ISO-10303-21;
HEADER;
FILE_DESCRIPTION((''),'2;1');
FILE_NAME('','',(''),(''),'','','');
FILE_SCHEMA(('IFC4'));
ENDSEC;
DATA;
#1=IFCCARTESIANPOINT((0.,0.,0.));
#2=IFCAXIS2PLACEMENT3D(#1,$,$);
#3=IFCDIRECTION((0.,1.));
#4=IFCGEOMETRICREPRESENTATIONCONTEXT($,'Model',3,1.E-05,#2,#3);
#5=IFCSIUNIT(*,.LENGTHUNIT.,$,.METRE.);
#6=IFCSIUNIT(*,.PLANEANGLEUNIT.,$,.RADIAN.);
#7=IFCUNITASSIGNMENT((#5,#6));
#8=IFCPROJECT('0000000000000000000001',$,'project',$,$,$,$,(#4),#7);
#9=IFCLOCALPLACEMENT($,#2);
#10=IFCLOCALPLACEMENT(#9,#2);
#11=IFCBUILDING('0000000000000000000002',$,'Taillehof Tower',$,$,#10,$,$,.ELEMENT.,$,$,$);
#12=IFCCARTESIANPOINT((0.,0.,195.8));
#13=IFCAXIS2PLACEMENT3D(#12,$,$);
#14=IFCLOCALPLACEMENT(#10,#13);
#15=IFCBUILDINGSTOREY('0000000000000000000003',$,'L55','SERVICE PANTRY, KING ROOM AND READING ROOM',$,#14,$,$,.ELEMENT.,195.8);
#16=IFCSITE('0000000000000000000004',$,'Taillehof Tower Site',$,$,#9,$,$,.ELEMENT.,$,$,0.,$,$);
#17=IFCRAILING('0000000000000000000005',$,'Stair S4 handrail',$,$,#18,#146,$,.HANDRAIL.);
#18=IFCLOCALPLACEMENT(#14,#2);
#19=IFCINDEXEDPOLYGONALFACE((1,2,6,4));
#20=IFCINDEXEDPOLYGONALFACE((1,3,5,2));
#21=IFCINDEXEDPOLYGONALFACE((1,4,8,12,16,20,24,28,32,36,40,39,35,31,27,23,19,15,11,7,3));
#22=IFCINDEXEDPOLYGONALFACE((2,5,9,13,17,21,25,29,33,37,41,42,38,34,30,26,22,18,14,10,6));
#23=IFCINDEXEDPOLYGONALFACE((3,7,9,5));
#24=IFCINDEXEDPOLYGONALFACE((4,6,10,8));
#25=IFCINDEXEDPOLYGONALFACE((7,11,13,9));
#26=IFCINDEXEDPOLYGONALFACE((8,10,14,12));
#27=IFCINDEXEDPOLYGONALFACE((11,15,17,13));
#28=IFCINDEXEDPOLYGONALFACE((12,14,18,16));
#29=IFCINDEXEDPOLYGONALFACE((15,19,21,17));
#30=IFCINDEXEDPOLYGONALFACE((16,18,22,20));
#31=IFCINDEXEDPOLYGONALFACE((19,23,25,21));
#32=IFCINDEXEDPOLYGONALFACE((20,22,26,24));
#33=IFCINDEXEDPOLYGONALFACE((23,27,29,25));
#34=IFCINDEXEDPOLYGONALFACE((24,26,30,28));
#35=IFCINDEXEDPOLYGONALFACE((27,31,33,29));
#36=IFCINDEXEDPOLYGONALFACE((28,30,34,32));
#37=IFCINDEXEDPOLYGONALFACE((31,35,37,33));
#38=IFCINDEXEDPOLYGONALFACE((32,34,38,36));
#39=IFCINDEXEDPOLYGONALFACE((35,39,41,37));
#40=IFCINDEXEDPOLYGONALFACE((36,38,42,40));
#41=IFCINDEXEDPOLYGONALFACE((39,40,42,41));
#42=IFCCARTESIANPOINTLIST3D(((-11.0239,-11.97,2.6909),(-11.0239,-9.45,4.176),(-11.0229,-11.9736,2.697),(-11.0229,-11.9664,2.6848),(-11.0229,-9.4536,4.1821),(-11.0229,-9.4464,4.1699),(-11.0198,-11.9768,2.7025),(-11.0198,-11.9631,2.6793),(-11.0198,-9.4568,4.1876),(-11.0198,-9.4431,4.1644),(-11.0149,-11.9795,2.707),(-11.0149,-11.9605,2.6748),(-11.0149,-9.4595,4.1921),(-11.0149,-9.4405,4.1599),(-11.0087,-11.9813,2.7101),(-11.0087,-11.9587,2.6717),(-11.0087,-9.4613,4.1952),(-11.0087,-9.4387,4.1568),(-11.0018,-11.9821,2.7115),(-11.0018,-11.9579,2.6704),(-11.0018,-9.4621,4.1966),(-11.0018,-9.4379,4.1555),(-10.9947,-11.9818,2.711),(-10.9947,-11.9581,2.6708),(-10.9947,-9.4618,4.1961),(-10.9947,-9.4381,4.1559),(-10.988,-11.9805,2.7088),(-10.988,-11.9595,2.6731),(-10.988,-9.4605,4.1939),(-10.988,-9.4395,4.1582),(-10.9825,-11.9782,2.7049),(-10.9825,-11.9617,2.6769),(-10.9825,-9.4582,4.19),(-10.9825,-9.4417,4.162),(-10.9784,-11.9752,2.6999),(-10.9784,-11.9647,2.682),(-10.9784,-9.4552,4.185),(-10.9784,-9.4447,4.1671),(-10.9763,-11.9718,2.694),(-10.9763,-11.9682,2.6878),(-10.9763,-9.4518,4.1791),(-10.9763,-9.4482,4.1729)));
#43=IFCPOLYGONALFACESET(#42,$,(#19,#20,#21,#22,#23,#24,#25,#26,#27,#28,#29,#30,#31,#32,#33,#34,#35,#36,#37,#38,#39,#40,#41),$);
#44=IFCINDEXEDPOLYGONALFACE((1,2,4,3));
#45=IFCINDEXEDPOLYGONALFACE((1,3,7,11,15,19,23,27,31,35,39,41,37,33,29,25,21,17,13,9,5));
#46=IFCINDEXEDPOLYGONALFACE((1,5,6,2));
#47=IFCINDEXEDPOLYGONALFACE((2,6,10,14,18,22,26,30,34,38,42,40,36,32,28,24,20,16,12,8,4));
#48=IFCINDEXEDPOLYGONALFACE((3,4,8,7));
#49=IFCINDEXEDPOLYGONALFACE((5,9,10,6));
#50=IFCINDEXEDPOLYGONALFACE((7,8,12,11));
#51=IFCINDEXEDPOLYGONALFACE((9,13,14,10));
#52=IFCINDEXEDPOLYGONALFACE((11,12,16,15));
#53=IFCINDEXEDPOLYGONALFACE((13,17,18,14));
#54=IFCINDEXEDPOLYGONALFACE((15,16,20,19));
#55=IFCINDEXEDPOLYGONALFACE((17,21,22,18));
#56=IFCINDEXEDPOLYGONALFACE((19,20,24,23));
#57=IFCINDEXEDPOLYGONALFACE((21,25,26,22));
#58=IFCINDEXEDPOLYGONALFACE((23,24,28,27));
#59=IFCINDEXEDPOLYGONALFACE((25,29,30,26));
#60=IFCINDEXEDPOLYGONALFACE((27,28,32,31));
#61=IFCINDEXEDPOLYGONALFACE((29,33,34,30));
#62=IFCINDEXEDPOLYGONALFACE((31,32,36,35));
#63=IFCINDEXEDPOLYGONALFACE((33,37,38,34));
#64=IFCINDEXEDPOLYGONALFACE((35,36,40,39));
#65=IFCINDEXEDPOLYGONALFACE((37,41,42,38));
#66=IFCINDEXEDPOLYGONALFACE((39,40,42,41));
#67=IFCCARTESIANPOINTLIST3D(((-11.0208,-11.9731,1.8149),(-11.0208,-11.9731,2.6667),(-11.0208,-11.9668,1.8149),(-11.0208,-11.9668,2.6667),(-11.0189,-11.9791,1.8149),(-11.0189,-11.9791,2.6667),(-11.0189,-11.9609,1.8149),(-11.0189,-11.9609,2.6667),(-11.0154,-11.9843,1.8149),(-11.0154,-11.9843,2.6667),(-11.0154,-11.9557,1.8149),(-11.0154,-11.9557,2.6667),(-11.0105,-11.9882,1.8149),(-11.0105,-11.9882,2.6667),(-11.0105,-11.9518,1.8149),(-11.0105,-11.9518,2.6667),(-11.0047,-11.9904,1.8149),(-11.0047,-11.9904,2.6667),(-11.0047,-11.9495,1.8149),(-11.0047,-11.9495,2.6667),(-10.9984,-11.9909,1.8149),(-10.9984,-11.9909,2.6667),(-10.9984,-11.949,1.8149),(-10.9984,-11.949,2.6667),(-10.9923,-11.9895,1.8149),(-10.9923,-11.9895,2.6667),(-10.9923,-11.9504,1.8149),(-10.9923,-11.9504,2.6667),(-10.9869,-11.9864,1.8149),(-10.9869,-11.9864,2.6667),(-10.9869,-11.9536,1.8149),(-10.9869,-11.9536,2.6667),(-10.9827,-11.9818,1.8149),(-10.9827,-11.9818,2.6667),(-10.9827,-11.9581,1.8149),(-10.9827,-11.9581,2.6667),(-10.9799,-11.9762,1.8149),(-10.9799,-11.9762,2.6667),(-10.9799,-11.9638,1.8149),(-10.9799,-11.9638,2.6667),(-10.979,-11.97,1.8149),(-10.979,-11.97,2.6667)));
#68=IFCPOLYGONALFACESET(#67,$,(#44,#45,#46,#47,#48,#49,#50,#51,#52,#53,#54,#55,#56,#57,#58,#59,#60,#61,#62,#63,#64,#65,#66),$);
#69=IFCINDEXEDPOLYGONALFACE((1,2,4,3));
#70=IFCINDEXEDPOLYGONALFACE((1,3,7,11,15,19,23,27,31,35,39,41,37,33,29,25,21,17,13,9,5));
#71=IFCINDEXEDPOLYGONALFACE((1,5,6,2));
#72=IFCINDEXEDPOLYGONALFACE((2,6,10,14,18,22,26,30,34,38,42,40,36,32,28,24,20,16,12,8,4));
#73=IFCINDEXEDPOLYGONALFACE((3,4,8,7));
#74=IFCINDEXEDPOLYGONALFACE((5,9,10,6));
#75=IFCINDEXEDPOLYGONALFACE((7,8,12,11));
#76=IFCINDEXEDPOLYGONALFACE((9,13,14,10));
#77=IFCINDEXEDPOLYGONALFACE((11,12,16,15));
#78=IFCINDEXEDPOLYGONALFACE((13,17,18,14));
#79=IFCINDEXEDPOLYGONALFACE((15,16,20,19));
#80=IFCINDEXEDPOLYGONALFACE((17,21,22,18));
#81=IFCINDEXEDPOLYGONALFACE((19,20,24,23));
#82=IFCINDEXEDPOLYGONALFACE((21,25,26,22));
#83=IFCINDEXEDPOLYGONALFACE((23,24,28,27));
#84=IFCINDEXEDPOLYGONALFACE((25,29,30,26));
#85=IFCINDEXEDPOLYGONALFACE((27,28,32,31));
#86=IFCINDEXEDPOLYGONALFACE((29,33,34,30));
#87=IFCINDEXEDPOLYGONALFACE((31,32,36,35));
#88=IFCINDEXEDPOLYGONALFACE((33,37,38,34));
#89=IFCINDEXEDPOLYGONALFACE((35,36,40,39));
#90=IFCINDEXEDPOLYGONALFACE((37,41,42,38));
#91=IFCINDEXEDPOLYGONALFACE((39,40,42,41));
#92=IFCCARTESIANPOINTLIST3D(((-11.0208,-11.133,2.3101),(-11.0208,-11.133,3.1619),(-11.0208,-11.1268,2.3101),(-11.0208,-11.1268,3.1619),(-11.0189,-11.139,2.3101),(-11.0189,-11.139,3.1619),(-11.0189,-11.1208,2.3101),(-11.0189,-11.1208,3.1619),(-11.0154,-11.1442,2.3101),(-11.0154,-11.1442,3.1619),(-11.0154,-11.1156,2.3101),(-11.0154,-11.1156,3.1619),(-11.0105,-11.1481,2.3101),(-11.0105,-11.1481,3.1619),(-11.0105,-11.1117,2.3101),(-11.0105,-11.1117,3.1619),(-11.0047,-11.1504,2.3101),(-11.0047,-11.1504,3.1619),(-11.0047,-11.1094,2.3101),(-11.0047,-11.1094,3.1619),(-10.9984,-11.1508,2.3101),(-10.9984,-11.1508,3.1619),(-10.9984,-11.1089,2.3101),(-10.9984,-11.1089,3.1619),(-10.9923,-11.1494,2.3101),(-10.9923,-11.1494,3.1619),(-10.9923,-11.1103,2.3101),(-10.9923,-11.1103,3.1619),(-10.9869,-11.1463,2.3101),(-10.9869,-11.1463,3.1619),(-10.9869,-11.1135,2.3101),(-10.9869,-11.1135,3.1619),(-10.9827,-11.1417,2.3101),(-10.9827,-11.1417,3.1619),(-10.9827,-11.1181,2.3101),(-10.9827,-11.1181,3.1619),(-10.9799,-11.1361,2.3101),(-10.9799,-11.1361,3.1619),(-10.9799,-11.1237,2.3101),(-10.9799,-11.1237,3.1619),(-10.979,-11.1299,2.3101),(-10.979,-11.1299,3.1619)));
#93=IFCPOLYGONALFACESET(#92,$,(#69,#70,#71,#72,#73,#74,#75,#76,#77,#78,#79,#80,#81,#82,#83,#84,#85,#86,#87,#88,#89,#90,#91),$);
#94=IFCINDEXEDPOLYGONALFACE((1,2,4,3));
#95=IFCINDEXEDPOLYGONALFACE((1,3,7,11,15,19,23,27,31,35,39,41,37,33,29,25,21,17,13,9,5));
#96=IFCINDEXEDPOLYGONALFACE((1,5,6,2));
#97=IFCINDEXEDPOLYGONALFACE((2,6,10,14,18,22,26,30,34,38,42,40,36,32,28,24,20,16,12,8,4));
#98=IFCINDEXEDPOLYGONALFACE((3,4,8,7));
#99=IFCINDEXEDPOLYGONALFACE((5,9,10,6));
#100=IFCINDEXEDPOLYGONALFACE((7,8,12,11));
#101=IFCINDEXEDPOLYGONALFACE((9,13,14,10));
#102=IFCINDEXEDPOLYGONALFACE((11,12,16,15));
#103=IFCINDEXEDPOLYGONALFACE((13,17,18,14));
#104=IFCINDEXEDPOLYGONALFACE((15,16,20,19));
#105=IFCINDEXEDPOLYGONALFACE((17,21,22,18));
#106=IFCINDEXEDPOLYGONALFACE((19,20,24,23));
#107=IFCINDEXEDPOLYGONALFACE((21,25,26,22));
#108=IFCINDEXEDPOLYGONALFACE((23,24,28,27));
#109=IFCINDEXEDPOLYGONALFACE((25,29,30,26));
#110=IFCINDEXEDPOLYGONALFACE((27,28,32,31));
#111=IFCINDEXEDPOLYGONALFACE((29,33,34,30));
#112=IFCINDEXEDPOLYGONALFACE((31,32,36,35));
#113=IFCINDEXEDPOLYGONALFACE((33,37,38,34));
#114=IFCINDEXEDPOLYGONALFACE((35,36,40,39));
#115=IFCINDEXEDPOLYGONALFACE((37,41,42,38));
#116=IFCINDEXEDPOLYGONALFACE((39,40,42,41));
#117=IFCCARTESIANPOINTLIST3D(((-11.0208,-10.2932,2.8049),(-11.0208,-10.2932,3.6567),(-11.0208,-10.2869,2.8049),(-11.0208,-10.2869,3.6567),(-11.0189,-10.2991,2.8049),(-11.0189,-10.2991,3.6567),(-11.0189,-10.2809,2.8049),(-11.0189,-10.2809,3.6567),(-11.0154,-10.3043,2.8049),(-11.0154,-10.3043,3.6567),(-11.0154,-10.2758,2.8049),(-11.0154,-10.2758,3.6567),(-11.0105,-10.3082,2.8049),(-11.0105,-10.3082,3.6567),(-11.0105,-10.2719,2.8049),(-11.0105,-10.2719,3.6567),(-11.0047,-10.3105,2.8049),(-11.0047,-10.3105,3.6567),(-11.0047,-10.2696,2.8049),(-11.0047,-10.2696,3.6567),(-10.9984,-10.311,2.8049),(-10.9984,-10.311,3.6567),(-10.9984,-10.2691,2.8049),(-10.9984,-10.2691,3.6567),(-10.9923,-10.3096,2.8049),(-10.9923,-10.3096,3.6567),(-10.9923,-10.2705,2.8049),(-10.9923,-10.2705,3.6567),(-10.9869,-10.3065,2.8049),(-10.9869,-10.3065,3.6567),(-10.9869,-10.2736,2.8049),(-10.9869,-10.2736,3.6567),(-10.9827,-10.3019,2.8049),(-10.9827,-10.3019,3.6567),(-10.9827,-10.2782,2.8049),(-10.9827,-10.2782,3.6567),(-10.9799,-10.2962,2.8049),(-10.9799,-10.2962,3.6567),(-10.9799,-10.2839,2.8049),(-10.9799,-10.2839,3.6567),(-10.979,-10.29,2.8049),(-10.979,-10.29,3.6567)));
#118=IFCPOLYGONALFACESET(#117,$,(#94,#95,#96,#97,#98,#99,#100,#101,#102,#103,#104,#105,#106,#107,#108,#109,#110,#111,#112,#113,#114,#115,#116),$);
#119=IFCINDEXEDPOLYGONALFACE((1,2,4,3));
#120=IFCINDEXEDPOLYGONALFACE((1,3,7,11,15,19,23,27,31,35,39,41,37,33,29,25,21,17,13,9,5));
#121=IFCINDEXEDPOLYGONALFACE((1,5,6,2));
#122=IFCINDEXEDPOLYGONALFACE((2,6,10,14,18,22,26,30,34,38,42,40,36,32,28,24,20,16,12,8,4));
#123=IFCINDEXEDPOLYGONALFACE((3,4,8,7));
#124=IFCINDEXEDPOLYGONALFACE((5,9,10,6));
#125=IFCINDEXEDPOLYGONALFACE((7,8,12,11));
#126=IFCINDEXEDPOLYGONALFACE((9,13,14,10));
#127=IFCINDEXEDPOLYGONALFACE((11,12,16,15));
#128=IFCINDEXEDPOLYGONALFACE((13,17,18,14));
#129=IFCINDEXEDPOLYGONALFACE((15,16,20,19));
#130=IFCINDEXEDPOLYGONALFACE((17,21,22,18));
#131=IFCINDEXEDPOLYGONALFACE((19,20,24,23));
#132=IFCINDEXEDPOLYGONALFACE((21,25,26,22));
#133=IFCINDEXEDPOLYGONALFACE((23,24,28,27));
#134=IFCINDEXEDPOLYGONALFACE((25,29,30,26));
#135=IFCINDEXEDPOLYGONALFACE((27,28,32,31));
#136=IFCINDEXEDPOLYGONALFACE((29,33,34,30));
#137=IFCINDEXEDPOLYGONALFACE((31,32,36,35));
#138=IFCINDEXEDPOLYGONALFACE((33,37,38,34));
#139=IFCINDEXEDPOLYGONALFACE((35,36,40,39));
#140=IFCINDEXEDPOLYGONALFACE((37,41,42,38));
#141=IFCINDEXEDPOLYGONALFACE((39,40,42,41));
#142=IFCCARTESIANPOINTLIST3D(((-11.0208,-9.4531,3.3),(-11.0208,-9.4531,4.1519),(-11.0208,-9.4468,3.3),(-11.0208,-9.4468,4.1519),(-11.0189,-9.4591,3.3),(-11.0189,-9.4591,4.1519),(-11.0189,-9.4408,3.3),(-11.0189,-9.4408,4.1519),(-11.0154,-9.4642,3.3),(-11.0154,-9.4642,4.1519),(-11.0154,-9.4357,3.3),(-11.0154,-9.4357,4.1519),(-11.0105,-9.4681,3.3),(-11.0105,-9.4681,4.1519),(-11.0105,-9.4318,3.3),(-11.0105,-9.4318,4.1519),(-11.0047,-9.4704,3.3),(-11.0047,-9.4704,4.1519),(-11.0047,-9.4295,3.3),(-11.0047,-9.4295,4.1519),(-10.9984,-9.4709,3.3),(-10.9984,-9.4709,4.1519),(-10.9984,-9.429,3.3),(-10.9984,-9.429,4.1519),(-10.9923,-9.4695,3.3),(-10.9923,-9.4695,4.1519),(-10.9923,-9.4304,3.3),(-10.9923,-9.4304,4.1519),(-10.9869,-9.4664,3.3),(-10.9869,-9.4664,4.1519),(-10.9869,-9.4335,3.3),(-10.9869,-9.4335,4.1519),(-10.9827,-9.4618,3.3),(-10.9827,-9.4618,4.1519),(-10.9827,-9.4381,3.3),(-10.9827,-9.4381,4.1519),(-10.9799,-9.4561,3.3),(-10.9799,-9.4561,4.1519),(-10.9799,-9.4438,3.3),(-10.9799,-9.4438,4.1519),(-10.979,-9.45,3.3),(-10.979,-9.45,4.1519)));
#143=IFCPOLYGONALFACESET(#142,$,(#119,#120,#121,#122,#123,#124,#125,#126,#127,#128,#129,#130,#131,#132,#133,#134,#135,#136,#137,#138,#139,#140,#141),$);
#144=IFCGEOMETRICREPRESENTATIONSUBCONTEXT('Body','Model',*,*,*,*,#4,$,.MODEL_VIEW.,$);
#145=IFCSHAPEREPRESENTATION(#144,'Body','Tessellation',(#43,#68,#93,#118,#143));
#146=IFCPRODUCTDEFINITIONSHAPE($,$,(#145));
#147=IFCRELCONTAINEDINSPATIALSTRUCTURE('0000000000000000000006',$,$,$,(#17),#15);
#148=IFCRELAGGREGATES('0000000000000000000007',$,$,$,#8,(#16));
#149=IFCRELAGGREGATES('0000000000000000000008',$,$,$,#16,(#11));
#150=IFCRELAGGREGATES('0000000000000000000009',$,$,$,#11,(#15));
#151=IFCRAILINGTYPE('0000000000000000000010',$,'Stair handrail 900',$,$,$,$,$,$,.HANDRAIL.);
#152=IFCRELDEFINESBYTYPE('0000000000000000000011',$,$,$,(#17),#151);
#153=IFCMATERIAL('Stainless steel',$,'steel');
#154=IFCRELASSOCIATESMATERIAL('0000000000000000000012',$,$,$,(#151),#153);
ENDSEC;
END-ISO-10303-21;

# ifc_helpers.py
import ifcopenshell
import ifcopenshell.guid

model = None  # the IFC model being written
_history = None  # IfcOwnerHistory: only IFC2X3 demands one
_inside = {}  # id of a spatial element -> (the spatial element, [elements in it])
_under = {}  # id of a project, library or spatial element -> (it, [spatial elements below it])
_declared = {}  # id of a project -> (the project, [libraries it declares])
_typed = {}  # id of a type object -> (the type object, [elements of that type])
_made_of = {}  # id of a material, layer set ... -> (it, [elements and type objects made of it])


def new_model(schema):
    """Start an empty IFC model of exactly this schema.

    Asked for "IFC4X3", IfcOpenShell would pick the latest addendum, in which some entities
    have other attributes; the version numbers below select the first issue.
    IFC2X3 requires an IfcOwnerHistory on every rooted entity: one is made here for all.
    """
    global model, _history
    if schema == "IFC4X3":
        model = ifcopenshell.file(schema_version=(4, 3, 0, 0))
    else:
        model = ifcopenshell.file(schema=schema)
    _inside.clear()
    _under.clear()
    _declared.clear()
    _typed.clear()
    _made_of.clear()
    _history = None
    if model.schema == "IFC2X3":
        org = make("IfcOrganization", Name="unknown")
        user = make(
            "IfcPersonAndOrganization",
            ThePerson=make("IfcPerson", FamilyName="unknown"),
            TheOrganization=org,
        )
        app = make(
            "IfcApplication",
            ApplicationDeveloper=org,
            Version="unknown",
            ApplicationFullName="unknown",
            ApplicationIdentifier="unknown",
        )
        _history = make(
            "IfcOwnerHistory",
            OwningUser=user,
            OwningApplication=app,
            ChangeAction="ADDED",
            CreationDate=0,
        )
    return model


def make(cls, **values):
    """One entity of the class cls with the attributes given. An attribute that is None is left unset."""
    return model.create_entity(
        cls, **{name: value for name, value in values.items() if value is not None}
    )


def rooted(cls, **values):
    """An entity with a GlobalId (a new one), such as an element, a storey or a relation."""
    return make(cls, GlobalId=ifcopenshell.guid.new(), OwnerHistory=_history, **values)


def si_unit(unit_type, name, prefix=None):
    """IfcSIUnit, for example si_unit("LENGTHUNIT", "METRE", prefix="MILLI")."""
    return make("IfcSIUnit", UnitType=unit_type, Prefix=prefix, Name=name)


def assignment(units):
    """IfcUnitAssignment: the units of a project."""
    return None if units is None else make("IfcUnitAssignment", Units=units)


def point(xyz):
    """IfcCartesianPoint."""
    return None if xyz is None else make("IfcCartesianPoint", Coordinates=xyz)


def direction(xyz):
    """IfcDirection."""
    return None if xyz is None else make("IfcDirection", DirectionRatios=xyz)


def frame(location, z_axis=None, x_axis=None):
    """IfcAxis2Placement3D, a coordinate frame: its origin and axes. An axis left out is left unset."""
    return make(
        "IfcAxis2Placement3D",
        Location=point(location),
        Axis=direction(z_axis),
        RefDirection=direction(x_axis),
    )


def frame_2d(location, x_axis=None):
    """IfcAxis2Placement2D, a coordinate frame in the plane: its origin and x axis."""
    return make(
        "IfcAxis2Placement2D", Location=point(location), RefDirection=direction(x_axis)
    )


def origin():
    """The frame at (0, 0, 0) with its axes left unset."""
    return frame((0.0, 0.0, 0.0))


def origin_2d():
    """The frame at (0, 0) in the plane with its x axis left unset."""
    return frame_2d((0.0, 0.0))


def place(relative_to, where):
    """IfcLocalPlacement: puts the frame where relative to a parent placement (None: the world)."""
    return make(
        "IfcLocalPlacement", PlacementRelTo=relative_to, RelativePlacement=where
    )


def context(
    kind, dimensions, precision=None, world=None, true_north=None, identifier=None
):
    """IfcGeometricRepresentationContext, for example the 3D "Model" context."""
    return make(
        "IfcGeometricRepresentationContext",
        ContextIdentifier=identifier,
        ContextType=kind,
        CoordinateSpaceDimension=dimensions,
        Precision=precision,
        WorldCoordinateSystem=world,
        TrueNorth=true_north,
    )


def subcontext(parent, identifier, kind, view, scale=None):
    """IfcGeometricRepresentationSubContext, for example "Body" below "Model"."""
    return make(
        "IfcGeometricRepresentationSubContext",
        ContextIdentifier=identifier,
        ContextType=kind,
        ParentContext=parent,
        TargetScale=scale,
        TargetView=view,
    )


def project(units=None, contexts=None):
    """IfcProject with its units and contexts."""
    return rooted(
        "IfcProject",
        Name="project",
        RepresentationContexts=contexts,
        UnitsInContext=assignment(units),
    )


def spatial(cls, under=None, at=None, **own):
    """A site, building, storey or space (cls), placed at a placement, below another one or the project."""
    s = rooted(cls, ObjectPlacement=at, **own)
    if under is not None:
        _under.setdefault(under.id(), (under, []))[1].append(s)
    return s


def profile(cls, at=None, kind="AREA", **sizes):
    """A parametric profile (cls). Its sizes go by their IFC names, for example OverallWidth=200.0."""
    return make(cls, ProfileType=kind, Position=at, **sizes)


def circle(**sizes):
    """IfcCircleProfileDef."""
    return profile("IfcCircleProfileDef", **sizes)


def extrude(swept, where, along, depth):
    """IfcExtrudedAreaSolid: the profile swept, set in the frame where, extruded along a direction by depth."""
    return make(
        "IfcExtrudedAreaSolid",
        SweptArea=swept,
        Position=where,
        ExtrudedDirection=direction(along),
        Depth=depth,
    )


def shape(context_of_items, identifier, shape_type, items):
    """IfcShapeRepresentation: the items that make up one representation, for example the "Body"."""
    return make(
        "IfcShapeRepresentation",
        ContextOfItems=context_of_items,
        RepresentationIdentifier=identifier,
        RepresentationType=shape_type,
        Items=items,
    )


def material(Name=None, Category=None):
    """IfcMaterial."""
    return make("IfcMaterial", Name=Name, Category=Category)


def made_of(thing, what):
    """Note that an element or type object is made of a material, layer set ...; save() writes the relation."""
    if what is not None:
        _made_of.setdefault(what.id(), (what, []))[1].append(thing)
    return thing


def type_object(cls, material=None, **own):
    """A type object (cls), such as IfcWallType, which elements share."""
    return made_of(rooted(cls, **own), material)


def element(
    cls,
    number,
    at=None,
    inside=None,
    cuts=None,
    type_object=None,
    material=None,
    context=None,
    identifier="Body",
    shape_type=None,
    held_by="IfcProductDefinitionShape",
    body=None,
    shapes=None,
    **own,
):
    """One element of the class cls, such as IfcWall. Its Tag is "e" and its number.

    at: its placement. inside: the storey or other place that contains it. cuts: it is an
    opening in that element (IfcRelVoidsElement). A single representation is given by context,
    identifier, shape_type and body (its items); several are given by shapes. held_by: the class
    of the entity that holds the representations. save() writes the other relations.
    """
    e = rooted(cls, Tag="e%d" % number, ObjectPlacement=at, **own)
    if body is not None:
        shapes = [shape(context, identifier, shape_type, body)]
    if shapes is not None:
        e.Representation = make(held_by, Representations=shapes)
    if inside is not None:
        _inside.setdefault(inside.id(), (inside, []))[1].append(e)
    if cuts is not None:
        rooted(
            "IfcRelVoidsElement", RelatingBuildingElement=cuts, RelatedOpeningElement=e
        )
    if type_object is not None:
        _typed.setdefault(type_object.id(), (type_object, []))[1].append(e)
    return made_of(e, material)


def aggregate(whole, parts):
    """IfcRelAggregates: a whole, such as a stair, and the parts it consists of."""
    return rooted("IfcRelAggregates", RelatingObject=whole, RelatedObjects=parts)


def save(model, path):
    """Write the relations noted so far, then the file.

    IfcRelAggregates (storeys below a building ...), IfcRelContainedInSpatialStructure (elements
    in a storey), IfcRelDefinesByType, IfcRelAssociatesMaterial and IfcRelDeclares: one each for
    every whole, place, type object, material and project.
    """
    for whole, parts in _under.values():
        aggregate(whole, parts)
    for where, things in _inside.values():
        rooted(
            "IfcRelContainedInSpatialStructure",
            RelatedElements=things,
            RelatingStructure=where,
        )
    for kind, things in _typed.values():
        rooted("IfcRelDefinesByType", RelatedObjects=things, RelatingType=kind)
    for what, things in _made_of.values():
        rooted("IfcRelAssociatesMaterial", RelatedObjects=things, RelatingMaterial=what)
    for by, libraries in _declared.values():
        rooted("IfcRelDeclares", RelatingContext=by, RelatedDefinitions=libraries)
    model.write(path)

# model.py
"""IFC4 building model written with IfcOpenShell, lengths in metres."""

from ifc_helpers import new_model, si_unit, direction, frame, origin, origin_2d, place, context, subcontext, project, spatial, circle, extrude, material, type_object, element, save


model = new_model("IFC4")

# Units and contexts
model_context = context("Model", 3, precision=1e-05, world=origin(), true_north=direction((0.0, 1.0)))
body_context = subcontext(model_context, "Body", "Model", "MODEL_VIEW")
ifc_project = project(units=[si_unit("LENGTHUNIT", "METRE"), si_unit("PLANEANGLEUNIT", "RADIAN")], contexts=[model_context])

# Site, building, storey
site_placement = place(None, origin())
site = spatial("IfcSite", under=ifc_project, at=site_placement, Name="Taillehof Tower Site", CompositionType="ELEMENT", RefElevation=0.0)
building_placement = place(site_placement, origin())
building = spatial("IfcBuilding", under=site, at=building_placement, Name="Taillehof Tower", CompositionType="ELEMENT")
storey_placement = place(building_placement, frame((0.0, 0.0, 195.8)))
storey = spatial("IfcBuildingStorey", under=building, at=storey_placement, Name="L55", Description="SERVICE PANTRY, KING ROOM AND READING ROOM", CompositionType="ELEMENT", Elevation=195.8)

# Railing
ifc_material_1 = material(Name="Stainless steel", Category="steel")
railing_type = type_object("IfcRailingType", Name="Stair handrail 900", PredefinedType="HANDRAIL", material=ifc_material_1)
railing_placement = place(storey_placement, frame((-11.0, -11.97, 1.8149)))
element("IfcRailing", 1, at=railing_placement, inside=storey, type_object=railing_type, Name="Stair S4 handrail", PredefinedType="HANDRAIL", context=body_context, shape_type="SweptSolid", body=[
    extrude(circle(Radius=0.0239, at=origin_2d()), frame((0.0, 0.0, 0.876), z_axis=(0.0, 0.861524, 0.507717), x_axis=(-1.0, 0.0, 0.0)), (0.0, 0.0, 1.0), 2.925),
    extrude(circle(Radius=0.021, at=origin_2d()), origin(), (0.0, 0.0, 1.0), 0.8518),
    extrude(circle(Radius=0.021, at=origin_2d()), frame((0.0, 0.8401, 0.4951)), (0.0, 0.0, 1.0), 0.8518),
    extrude(circle(Radius=0.021, at=origin_2d()), frame((0.0, 1.6799, 0.99)), (0.0, 0.0, 1.0), 0.8518),
    extrude(circle(Radius=0.021, at=origin_2d()), frame((0.0, 2.52, 1.4851)), (0.0, 0.0, 1.0), 0.8518),
])

save(model, "model.ifc")
